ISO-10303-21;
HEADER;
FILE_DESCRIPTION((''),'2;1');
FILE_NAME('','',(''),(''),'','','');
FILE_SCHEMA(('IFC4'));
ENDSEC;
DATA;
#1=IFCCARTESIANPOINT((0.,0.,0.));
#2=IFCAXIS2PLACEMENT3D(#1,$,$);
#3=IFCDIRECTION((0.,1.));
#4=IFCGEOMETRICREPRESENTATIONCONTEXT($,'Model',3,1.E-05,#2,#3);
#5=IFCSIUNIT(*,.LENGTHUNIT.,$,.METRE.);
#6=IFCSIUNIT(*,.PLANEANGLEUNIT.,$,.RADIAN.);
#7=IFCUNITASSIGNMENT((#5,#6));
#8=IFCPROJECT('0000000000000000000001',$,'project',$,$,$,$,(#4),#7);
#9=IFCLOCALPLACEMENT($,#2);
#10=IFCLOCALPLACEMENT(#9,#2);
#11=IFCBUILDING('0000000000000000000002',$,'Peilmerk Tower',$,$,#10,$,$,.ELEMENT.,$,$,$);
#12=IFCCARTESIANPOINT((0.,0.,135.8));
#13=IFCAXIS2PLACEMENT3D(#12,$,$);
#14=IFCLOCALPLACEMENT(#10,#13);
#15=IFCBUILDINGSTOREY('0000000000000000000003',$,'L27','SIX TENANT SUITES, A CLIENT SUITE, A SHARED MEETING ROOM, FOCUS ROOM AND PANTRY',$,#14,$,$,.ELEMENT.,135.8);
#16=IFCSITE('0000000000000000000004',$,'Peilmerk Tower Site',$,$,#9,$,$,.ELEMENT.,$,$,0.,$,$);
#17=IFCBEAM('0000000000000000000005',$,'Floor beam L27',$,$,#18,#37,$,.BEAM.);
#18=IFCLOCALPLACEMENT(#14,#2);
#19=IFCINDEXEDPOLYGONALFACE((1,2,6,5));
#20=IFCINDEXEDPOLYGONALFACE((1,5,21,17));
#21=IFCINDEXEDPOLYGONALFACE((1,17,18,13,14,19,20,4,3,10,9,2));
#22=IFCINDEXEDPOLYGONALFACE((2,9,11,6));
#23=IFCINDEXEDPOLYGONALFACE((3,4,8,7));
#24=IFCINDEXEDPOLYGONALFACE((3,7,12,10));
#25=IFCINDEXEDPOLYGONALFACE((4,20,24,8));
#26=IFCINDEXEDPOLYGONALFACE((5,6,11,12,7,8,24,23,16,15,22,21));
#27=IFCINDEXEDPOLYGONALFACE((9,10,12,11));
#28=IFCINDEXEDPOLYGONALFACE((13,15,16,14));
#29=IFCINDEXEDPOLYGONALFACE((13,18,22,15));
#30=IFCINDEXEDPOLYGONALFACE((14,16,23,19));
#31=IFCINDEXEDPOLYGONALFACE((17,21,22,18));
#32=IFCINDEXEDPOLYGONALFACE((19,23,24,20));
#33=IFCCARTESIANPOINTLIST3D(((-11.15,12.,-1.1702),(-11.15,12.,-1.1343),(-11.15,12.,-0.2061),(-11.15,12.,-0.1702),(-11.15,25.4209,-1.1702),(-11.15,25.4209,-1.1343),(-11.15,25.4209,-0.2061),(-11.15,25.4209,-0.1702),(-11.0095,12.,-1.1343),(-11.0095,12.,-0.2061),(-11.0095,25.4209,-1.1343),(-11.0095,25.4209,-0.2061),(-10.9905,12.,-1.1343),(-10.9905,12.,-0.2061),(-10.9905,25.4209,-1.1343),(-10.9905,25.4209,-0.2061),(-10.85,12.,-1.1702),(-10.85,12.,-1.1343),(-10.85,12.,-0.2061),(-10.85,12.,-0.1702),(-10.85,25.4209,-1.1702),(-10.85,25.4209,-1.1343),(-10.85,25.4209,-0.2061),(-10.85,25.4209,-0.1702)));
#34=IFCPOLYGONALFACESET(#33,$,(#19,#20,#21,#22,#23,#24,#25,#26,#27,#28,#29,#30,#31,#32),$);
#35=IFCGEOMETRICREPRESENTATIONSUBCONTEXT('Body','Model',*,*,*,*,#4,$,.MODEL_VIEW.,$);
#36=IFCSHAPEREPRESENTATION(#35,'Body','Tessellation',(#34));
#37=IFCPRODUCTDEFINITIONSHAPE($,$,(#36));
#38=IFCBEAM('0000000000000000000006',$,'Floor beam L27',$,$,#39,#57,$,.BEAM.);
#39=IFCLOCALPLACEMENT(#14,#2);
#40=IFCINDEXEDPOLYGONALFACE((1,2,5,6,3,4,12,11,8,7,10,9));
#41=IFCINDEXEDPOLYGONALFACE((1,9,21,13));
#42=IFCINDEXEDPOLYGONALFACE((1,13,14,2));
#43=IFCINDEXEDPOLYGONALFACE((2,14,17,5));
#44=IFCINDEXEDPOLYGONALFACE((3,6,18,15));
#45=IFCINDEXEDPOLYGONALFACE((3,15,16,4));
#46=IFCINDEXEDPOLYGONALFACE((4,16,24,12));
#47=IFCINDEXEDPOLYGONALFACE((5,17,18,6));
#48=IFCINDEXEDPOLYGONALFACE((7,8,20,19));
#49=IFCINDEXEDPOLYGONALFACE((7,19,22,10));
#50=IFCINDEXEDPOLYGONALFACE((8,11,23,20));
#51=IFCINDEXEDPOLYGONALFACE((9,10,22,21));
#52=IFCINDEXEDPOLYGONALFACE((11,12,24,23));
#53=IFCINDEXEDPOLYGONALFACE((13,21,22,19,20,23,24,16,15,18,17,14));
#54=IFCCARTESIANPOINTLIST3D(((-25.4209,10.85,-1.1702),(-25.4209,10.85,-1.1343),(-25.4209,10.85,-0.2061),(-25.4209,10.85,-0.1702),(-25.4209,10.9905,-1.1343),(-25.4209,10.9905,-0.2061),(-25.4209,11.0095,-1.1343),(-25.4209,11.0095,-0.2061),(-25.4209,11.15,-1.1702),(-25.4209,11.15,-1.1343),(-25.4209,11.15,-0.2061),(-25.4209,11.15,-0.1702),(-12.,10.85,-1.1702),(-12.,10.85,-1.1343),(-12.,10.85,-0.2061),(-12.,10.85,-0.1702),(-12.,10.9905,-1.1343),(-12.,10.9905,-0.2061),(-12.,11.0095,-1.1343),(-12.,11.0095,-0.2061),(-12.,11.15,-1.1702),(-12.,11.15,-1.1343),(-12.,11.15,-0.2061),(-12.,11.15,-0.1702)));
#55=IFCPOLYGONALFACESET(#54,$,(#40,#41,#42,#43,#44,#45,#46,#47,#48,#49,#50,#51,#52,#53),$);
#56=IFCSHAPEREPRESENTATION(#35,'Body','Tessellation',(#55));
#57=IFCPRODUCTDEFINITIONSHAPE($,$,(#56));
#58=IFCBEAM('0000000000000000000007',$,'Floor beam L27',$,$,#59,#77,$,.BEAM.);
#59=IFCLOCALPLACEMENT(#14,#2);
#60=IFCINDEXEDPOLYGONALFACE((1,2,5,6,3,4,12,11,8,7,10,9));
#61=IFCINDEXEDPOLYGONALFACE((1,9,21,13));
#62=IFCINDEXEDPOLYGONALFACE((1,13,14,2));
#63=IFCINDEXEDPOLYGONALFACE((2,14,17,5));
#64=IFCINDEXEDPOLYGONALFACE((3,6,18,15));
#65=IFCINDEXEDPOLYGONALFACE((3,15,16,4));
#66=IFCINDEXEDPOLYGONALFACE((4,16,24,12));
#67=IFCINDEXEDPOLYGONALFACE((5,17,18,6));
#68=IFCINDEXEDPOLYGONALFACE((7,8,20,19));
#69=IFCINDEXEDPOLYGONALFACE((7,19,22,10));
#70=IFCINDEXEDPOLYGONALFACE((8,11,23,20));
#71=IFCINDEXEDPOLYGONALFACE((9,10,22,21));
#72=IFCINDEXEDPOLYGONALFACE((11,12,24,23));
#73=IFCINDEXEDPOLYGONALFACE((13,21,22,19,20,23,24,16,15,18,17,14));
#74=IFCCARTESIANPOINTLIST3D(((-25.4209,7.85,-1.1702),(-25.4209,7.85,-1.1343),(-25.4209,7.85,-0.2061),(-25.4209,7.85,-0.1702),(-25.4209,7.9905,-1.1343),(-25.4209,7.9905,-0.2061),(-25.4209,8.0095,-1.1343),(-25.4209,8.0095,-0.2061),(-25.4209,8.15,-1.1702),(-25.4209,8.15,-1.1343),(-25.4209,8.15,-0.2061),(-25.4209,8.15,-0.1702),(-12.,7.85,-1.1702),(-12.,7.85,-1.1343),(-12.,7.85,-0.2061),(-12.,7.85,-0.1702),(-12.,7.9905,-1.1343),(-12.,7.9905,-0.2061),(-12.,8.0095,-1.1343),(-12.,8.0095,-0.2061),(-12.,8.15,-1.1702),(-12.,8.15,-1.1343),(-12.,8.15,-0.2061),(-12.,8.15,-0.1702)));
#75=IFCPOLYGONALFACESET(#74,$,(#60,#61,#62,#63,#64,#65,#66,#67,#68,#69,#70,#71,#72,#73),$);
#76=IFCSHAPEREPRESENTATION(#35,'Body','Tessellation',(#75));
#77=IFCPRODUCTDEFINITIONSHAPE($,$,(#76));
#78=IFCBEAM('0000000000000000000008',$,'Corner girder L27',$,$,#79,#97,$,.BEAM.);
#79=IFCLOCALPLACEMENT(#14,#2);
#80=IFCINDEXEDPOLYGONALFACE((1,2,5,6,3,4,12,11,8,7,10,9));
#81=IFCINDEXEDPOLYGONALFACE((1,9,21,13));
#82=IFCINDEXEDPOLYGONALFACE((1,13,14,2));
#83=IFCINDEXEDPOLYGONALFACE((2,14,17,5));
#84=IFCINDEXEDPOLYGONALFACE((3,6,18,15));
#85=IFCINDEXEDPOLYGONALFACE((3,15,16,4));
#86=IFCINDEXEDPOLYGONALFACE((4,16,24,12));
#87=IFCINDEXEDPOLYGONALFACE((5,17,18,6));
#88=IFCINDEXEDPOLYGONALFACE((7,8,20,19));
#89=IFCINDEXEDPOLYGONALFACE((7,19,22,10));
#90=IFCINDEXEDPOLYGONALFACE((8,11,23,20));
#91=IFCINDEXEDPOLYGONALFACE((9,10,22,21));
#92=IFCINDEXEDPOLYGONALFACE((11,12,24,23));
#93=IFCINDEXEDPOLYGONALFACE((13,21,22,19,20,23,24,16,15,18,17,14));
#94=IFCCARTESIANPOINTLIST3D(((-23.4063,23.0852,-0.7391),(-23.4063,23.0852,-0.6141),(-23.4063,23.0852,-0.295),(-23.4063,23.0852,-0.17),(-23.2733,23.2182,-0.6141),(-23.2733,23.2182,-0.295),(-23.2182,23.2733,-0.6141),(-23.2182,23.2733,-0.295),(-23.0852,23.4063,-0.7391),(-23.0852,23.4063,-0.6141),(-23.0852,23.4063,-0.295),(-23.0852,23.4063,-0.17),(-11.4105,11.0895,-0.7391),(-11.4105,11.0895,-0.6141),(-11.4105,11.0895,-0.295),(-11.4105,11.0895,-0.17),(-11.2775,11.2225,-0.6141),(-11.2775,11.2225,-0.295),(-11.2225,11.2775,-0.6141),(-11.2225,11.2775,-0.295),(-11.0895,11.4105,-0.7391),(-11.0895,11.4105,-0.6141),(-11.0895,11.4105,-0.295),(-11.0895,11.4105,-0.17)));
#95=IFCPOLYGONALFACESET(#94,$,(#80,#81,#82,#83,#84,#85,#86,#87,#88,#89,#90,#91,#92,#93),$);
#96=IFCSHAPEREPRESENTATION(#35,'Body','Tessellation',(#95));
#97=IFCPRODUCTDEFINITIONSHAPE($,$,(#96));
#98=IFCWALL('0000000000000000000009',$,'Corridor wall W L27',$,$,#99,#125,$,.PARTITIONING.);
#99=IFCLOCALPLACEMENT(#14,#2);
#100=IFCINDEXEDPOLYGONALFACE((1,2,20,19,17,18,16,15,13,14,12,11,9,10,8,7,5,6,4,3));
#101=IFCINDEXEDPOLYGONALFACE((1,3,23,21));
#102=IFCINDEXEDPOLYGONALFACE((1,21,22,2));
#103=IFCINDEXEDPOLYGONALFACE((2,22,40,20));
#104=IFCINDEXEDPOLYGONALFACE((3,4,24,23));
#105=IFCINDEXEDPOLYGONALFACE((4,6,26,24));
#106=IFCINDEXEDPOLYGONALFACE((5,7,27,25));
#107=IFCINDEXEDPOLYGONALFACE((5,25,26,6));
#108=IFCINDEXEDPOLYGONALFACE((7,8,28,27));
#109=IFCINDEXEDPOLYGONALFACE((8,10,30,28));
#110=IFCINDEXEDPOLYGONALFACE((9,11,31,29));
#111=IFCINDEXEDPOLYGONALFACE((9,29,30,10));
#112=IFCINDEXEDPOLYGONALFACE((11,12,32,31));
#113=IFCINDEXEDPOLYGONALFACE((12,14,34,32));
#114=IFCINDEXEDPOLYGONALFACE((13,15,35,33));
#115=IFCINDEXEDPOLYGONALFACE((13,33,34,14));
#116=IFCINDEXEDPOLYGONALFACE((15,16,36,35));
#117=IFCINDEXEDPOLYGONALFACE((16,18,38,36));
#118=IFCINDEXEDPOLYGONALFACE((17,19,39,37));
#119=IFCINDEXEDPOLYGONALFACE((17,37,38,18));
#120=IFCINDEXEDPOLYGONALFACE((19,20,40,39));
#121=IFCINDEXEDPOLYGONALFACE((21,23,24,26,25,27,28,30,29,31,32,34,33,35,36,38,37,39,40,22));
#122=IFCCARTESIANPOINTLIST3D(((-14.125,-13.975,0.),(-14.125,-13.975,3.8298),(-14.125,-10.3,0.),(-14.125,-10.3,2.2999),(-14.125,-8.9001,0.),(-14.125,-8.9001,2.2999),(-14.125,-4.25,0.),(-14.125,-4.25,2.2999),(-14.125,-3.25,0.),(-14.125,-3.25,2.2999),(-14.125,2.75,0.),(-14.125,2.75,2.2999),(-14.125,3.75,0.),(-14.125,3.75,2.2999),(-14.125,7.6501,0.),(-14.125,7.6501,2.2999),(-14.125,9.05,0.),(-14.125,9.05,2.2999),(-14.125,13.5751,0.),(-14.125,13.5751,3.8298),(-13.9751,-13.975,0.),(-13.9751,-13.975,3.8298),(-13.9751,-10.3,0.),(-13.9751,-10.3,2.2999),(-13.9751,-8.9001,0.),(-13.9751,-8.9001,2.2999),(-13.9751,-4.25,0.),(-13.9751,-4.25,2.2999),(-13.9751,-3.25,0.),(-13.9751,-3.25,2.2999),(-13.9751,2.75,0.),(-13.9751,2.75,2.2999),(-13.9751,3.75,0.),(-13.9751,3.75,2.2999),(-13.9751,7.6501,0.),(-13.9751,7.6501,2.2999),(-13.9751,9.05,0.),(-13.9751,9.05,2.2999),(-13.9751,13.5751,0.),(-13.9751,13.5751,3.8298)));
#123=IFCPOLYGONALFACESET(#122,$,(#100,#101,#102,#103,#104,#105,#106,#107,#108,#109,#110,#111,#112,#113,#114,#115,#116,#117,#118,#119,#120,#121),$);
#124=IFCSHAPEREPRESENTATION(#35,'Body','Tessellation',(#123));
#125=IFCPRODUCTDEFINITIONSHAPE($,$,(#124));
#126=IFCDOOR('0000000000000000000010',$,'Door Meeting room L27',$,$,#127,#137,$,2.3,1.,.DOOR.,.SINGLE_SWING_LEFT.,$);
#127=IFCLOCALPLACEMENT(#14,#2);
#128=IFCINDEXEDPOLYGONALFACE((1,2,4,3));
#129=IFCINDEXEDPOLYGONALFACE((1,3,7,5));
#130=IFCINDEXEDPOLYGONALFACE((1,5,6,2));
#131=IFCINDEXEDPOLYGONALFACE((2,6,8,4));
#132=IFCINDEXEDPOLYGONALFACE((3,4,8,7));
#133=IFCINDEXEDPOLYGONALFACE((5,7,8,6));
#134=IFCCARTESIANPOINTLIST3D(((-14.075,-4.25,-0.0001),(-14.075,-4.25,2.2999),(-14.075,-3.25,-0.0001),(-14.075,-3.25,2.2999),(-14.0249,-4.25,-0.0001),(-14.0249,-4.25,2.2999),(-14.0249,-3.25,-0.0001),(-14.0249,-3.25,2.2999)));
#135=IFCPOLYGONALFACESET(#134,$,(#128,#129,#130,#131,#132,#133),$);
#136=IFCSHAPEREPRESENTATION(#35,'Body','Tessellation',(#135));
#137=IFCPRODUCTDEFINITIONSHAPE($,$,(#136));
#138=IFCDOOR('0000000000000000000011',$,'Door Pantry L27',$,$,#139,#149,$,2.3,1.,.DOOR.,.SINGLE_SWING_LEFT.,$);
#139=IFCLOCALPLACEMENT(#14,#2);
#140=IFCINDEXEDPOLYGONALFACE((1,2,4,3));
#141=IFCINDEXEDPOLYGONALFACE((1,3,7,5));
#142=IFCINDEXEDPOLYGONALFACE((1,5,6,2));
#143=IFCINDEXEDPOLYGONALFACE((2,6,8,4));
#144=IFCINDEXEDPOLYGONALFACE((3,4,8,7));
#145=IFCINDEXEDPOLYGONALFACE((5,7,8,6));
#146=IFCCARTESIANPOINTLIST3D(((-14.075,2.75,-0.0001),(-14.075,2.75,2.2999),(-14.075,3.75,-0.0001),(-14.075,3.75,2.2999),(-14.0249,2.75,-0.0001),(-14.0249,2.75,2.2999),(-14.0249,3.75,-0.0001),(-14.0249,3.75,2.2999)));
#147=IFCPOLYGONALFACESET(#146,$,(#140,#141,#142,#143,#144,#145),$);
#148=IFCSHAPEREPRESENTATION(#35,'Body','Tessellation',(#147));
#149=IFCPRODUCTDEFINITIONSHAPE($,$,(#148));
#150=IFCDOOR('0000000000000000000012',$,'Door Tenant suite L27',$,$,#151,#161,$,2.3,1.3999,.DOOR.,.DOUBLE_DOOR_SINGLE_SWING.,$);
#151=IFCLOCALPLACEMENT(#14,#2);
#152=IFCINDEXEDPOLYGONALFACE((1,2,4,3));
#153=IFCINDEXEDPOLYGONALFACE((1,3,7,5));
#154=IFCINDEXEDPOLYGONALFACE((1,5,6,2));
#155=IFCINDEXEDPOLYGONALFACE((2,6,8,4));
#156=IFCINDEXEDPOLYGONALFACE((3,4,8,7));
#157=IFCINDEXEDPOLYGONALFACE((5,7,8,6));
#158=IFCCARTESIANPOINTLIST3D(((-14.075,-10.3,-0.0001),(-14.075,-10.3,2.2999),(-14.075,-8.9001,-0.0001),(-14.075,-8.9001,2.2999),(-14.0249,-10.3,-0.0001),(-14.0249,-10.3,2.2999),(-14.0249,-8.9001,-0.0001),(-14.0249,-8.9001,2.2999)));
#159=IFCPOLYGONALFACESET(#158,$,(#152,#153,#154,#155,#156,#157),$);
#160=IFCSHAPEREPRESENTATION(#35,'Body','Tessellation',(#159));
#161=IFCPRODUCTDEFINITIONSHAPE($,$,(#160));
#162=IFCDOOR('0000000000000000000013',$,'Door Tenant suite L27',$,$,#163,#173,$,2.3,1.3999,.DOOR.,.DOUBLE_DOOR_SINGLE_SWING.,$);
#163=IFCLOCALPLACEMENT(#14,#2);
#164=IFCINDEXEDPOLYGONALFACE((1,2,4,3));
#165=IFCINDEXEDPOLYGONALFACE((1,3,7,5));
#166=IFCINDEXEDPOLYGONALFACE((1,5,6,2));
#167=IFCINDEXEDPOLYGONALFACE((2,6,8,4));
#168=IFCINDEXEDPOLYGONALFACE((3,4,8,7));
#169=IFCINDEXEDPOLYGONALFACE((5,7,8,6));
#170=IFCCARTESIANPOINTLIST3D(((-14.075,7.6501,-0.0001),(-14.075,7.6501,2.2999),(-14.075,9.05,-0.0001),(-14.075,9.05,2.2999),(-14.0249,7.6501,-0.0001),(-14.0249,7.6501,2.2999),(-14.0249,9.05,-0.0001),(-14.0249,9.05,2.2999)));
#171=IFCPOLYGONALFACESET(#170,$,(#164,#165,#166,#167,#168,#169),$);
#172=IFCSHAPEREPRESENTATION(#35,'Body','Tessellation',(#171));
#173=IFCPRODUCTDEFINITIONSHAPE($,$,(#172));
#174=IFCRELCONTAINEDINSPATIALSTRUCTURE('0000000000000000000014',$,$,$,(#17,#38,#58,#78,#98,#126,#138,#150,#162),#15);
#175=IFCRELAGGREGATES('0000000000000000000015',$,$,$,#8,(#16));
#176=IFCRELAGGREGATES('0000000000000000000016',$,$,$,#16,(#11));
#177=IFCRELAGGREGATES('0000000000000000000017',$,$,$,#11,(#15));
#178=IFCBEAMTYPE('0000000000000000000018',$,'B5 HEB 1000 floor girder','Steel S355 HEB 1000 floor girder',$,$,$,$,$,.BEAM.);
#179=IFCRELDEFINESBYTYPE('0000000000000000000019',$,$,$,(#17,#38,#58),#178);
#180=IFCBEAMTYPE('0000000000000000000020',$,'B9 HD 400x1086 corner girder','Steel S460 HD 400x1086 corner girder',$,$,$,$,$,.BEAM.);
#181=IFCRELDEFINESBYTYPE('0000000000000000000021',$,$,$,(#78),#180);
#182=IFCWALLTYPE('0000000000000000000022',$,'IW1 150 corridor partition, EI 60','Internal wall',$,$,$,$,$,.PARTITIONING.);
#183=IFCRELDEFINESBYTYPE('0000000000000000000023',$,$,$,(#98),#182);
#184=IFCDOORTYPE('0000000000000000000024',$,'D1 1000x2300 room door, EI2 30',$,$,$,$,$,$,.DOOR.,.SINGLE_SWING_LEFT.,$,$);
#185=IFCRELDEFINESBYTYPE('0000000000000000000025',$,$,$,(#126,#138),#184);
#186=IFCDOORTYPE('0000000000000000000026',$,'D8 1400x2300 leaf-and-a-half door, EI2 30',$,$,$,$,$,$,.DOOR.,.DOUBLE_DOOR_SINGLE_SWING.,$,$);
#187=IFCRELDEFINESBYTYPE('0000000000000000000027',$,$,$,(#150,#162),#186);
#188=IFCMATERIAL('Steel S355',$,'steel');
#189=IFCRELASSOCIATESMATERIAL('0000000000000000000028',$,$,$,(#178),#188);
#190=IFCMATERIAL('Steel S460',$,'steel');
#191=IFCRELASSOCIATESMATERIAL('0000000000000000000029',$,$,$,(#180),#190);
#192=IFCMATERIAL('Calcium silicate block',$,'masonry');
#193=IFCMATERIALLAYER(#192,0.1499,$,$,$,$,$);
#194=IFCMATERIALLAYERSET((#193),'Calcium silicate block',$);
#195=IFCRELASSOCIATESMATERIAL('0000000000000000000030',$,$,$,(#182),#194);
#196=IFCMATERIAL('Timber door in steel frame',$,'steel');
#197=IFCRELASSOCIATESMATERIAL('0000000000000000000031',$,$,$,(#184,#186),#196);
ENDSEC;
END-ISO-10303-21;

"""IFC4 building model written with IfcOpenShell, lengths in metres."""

from ifc_helpers import new_model, si_unit, direction, frame, frame_2d, origin, origin_2d, place, context, subcontext, project, spatial, rectangle, i_section, extrude, material, layer, layer_set, material_profile, profile_set, type_object, element, fill, save


model = new_model("IFC4")

# Units and contexts
model_context = context("Model", 3, precision=1e-05, world=origin(), true_north=direction((0.0, 1.0)))
body_context = subcontext(model_context, "Body", "Model", "MODEL_VIEW")
ifc_project = project(units=[si_unit("LENGTHUNIT", "METRE"), si_unit("PLANEANGLEUNIT", "RADIAN")], contexts=[model_context])

# Site, building, storey
site_placement = place(None, origin())
site = spatial("IfcSite", under=ifc_project, at=site_placement, Name="Peilmerk Tower Site", CompositionType="ELEMENT", RefElevation=0.0)
building_placement = place(site_placement, origin())
building = spatial("IfcBuilding", under=site, at=building_placement, Name="Peilmerk Tower", CompositionType="ELEMENT")
storey_placement = place(building_placement, frame((0.0, 0.0, 135.8)))
storey = spatial("IfcBuildingStorey", under=building, at=storey_placement, Name="L27", Description="SIX TENANT SUITES, A CLIENT SUITE, A SHARED MEETING ROOM, FOCUS ROOM AND PANTRY", CompositionType="ELEMENT", Elevation=135.8)

# Beams
ifc_material_1 = material(Name="Steel S355", Category="steel")
ifc_material_profile_1 = material_profile(ifc_material_1, i_section(OverallWidth=0.3, OverallDepth=1.0, WebThickness=0.019, FlangeThickness=0.0359, at=origin_2d()), Name="HEB 1000")
ifc_profile_set_1 = profile_set([ifc_material_profile_1], Name="Steel S355")
beam_type_1 = type_object("IfcBeamType", Name="B5 HEB 1000 floor girder", Description="Steel S355 HEB 1000 floor girder", PredefinedType="BEAM", material=ifc_profile_set_1)
for number, where, z_axis, x_axis, name in (
    (1, (-11.0, 12.0, -0.6702), (0.0, 1.0, 0.0), (-1.0, 0.0, 0.0), "Floor beam L27"),
    (2, (-12.0, 11.0, -0.6702), (-1.0, 0.0, 0.0), (0.0, -1.0, 0.0), "Floor beam L27"),
    (3, (-12.0, 8.0, -0.6702), (-1.0, 0.0, 0.0), (0.0, -1.0, 0.0), "Floor beam L27"),
):
    element("IfcBeam", number, at=place(storey_placement, frame(where, z_axis=z_axis, x_axis=x_axis)), inside=storey, type_object=beam_type_1, Name=name, PredefinedType="BEAM", context=body_context, shape_type="SweptSolid", body=[
        extrude(i_section(OverallWidth=0.3, OverallDepth=1.0, WebThickness=0.019, FlangeThickness=0.0359, at=origin_2d()), origin(), (0.0, 0.0, 1.0), 13.4209),
    ])
ifc_material_2 = material(Name="Steel S460", Category="steel")
ifc_material_profile_2 = material_profile(ifc_material_2, i_section(OverallWidth=0.4541, OverallDepth=0.5691, WebThickness=0.0779, FlangeThickness=0.125, at=origin_2d()), Name="HD 400x1086")
ifc_profile_set_2 = profile_set([ifc_material_profile_2], Name="Steel S460")
beam_type_2 = type_object("IfcBeamType", Name="B9 HD 400x1086 corner girder", Description="Steel S460 HD 400x1086 corner girder", PredefinedType="BEAM", material=ifc_profile_set_2)
beam_1_placement = place(storey_placement, frame((-11.25, 11.25, -0.4546), z_axis=(-0.707107, 0.707107, 0.0), x_axis=(-0.707107, -0.707107, 0.0)))
element("IfcBeam", 4, at=beam_1_placement, inside=storey, type_object=beam_type_2, Name="Corner girder L27", PredefinedType="BEAM", context=body_context, shape_type="SweptSolid", body=[
    extrude(i_section(OverallWidth=0.4541, OverallDepth=0.5691, WebThickness=0.0779, FlangeThickness=0.125, at=origin_2d()), origin(), (0.0, 0.0, 1.0), 16.9646),
])

# Wall, openings, doors
ifc_material_3 = material(Name="Calcium silicate block", Category="masonry")
ifc_layer_1 = layer(ifc_material_3, 0.1499)
ifc_layer_set_1 = layer_set([ifc_layer_1], Name="Calcium silicate block")
wall_type_1 = type_object("IfcWallType", Name="IW1 150 corridor partition, EI 60", Description="Internal wall", PredefinedType="PARTITIONING", material=ifc_layer_set_1)
wall_1_placement = place(storey_placement, frame((-14.05, 13.575, 0.0), z_axis=(0.0, 0.0, 1.0), x_axis=(0.0, -1.0, 0.0)))
wall_1 = element("IfcWall", 5, at=wall_1_placement, inside=storey, type_object=wall_type_1, Name="Corridor wall W L27", PredefinedType="PARTITIONING", context=body_context, shape_type="SweptSolid", body=[
    extrude(rectangle(XDim=27.55, YDim=0.1499, at=frame_2d((13.7749, 0.0))), origin(), (0.0, 0.0, 1.0), 3.8298),
])
opening_1_placement = place(wall_1_placement, frame((22.4751, 0.0, 0.0)))
opening_1 = element("IfcOpeningElement", 6, at=opening_1_placement, cuts=wall_1, PredefinedType="OPENING", context=body_context, shape_type="SweptSolid", body=[
    extrude(rectangle(XDim=1.3999, YDim=2.3, at=frame_2d((0.7, 1.1499))), frame((0.0, 0.085, 0.0), z_axis=(0.0, -1.0, 0.0), x_axis=(1.0, 0.0, 0.0)), (0.0, 0.0, 1.0), 0.1699),
])
opening_2_placement = place(wall_1_placement, frame((4.5249, 0.0, 0.0)))
opening_2 = element("IfcOpeningElement", 7, at=opening_2_placement, cuts=wall_1, PredefinedType="OPENING", context=body_context, shape_type="SweptSolid", body=[
    extrude(rectangle(XDim=1.3999, YDim=2.3, at=frame_2d((0.7, 1.1499))), frame((0.0, 0.085, 0.0), z_axis=(0.0, -1.0, 0.0), x_axis=(1.0, 0.0, 0.0)), (0.0, 0.0, 1.0), 0.1699),
])
opening_3_placement = place(wall_1_placement, frame((16.825, 0.0, 0.0)))
opening_3 = element("IfcOpeningElement", 8, at=opening_3_placement, cuts=wall_1, PredefinedType="OPENING", context=body_context, shape_type="SweptSolid", body=[
    extrude(rectangle(XDim=1.0, YDim=2.3, at=frame_2d((0.5, 1.1499))), frame((0.0, 0.085, 0.0), z_axis=(0.0, -1.0, 0.0), x_axis=(1.0, 0.0, 0.0)), (0.0, 0.0, 1.0), 0.1699),
])
opening_4_placement = place(wall_1_placement, frame((9.825, 0.0, 0.0)))
opening_4 = element("IfcOpeningElement", 9, at=opening_4_placement, cuts=wall_1, PredefinedType="OPENING", context=body_context, shape_type="SweptSolid", body=[
    extrude(rectangle(XDim=1.0, YDim=2.3, at=frame_2d((0.5, 1.1499))), frame((0.0, 0.085, 0.0), z_axis=(0.0, -1.0, 0.0), x_axis=(1.0, 0.0, 0.0)), (0.0, 0.0, 1.0), 0.1699),
])
ifc_material_4 = material(Name="Timber door in steel frame", Category="steel")
door_type_1 = type_object("IfcDoorType", Name="D1 1000x2300 room door, EI2 30", OperationType="SINGLE_SWING_LEFT", PredefinedType="DOOR", material=ifc_material_4)
door_1_placement = place(opening_3_placement, frame((1.0, 0.0, 0.0), z_axis=(0.0, 0.0, 1.0), x_axis=(-1.0, 0.0, 0.0)))
door_1 = element("IfcDoor", 10, at=door_1_placement, inside=storey, type_object=door_type_1, Name="Door Meeting room L27", OperationType="SINGLE_SWING_LEFT", OverallHeight=2.3, OverallWidth=1.0, PredefinedType="DOOR", context=body_context, shape_type="SweptSolid", body=[
    extrude(rectangle(XDim=1.0, YDim=2.3, at=frame_2d((0.5, 1.1499))), frame((0.0, 0.0249, 0.0), z_axis=(0.0, -1.0, 0.0), x_axis=(1.0, 0.0, 0.0)), (0.0, 0.0, 1.0), 0.05),
])
fill(opening_3, door_1)
door_2_placement = place(opening_4_placement, frame((1.0, 0.0, 0.0), z_axis=(0.0, 0.0, 1.0), x_axis=(-1.0, 0.0, 0.0)))
door_2 = element("IfcDoor", 11, at=door_2_placement, inside=storey, type_object=door_type_1, Name="Door Pantry L27", OperationType="SINGLE_SWING_LEFT", OverallHeight=2.3, OverallWidth=1.0, PredefinedType="DOOR", context=body_context, shape_type="SweptSolid", body=[
    extrude(rectangle(XDim=1.0, YDim=2.3, at=frame_2d((0.5, 1.1499))), frame((0.0, 0.0249, 0.0), z_axis=(0.0, -1.0, 0.0), x_axis=(1.0, 0.0, 0.0)), (0.0, 0.0, 1.0), 0.05),
])
fill(opening_4, door_2)
door_type_2 = type_object("IfcDoorType", Name="D8 1400x2300 leaf-and-a-half door, EI2 30", OperationType="DOUBLE_DOOR_SINGLE_SWING", PredefinedType="DOOR", material=ifc_material_4)
door_3_placement = place(opening_1_placement, frame((1.3999, 0.0, 0.0), z_axis=(0.0, 0.0, 1.0), x_axis=(-1.0, 0.0, 0.0)))
door_3 = element("IfcDoor", 12, at=door_3_placement, inside=storey, type_object=door_type_2, Name="Door Tenant suite L27", OperationType="DOUBLE_DOOR_SINGLE_SWING", OverallHeight=2.3, OverallWidth=1.3999, PredefinedType="DOOR", context=body_context, shape_type="SweptSolid", body=[
    extrude(rectangle(XDim=1.3999, YDim=2.3, at=frame_2d((0.7, 1.1499))), frame((0.0, 0.0249, 0.0), z_axis=(0.0, -1.0, 0.0), x_axis=(1.0, 0.0, 0.0)), (0.0, 0.0, 1.0), 0.05),
])
fill(opening_1, door_3)
door_4_placement = place(opening_2_placement, frame((1.3999, 0.0, 0.0), z_axis=(0.0, 0.0, 1.0), x_axis=(-1.0, 0.0, 0.0)))
door_4 = element("IfcDoor", 13, at=door_4_placement, inside=storey, type_object=door_type_2, Name="Door Tenant suite L27", OperationType="DOUBLE_DOOR_SINGLE_SWING", OverallHeight=2.3, OverallWidth=1.3999, PredefinedType="DOOR", context=body_context, shape_type="SweptSolid", body=[
    extrude(rectangle(XDim=1.3999, YDim=2.3, at=frame_2d((0.7, 1.1499))), frame((0.0, 0.0249, 0.0), z_axis=(0.0, -1.0, 0.0), x_axis=(1.0, 0.0, 0.0)), (0.0, 0.0, 1.0), 0.05),
])
fill(opening_2, door_4)

save(model, "model.ifc")
